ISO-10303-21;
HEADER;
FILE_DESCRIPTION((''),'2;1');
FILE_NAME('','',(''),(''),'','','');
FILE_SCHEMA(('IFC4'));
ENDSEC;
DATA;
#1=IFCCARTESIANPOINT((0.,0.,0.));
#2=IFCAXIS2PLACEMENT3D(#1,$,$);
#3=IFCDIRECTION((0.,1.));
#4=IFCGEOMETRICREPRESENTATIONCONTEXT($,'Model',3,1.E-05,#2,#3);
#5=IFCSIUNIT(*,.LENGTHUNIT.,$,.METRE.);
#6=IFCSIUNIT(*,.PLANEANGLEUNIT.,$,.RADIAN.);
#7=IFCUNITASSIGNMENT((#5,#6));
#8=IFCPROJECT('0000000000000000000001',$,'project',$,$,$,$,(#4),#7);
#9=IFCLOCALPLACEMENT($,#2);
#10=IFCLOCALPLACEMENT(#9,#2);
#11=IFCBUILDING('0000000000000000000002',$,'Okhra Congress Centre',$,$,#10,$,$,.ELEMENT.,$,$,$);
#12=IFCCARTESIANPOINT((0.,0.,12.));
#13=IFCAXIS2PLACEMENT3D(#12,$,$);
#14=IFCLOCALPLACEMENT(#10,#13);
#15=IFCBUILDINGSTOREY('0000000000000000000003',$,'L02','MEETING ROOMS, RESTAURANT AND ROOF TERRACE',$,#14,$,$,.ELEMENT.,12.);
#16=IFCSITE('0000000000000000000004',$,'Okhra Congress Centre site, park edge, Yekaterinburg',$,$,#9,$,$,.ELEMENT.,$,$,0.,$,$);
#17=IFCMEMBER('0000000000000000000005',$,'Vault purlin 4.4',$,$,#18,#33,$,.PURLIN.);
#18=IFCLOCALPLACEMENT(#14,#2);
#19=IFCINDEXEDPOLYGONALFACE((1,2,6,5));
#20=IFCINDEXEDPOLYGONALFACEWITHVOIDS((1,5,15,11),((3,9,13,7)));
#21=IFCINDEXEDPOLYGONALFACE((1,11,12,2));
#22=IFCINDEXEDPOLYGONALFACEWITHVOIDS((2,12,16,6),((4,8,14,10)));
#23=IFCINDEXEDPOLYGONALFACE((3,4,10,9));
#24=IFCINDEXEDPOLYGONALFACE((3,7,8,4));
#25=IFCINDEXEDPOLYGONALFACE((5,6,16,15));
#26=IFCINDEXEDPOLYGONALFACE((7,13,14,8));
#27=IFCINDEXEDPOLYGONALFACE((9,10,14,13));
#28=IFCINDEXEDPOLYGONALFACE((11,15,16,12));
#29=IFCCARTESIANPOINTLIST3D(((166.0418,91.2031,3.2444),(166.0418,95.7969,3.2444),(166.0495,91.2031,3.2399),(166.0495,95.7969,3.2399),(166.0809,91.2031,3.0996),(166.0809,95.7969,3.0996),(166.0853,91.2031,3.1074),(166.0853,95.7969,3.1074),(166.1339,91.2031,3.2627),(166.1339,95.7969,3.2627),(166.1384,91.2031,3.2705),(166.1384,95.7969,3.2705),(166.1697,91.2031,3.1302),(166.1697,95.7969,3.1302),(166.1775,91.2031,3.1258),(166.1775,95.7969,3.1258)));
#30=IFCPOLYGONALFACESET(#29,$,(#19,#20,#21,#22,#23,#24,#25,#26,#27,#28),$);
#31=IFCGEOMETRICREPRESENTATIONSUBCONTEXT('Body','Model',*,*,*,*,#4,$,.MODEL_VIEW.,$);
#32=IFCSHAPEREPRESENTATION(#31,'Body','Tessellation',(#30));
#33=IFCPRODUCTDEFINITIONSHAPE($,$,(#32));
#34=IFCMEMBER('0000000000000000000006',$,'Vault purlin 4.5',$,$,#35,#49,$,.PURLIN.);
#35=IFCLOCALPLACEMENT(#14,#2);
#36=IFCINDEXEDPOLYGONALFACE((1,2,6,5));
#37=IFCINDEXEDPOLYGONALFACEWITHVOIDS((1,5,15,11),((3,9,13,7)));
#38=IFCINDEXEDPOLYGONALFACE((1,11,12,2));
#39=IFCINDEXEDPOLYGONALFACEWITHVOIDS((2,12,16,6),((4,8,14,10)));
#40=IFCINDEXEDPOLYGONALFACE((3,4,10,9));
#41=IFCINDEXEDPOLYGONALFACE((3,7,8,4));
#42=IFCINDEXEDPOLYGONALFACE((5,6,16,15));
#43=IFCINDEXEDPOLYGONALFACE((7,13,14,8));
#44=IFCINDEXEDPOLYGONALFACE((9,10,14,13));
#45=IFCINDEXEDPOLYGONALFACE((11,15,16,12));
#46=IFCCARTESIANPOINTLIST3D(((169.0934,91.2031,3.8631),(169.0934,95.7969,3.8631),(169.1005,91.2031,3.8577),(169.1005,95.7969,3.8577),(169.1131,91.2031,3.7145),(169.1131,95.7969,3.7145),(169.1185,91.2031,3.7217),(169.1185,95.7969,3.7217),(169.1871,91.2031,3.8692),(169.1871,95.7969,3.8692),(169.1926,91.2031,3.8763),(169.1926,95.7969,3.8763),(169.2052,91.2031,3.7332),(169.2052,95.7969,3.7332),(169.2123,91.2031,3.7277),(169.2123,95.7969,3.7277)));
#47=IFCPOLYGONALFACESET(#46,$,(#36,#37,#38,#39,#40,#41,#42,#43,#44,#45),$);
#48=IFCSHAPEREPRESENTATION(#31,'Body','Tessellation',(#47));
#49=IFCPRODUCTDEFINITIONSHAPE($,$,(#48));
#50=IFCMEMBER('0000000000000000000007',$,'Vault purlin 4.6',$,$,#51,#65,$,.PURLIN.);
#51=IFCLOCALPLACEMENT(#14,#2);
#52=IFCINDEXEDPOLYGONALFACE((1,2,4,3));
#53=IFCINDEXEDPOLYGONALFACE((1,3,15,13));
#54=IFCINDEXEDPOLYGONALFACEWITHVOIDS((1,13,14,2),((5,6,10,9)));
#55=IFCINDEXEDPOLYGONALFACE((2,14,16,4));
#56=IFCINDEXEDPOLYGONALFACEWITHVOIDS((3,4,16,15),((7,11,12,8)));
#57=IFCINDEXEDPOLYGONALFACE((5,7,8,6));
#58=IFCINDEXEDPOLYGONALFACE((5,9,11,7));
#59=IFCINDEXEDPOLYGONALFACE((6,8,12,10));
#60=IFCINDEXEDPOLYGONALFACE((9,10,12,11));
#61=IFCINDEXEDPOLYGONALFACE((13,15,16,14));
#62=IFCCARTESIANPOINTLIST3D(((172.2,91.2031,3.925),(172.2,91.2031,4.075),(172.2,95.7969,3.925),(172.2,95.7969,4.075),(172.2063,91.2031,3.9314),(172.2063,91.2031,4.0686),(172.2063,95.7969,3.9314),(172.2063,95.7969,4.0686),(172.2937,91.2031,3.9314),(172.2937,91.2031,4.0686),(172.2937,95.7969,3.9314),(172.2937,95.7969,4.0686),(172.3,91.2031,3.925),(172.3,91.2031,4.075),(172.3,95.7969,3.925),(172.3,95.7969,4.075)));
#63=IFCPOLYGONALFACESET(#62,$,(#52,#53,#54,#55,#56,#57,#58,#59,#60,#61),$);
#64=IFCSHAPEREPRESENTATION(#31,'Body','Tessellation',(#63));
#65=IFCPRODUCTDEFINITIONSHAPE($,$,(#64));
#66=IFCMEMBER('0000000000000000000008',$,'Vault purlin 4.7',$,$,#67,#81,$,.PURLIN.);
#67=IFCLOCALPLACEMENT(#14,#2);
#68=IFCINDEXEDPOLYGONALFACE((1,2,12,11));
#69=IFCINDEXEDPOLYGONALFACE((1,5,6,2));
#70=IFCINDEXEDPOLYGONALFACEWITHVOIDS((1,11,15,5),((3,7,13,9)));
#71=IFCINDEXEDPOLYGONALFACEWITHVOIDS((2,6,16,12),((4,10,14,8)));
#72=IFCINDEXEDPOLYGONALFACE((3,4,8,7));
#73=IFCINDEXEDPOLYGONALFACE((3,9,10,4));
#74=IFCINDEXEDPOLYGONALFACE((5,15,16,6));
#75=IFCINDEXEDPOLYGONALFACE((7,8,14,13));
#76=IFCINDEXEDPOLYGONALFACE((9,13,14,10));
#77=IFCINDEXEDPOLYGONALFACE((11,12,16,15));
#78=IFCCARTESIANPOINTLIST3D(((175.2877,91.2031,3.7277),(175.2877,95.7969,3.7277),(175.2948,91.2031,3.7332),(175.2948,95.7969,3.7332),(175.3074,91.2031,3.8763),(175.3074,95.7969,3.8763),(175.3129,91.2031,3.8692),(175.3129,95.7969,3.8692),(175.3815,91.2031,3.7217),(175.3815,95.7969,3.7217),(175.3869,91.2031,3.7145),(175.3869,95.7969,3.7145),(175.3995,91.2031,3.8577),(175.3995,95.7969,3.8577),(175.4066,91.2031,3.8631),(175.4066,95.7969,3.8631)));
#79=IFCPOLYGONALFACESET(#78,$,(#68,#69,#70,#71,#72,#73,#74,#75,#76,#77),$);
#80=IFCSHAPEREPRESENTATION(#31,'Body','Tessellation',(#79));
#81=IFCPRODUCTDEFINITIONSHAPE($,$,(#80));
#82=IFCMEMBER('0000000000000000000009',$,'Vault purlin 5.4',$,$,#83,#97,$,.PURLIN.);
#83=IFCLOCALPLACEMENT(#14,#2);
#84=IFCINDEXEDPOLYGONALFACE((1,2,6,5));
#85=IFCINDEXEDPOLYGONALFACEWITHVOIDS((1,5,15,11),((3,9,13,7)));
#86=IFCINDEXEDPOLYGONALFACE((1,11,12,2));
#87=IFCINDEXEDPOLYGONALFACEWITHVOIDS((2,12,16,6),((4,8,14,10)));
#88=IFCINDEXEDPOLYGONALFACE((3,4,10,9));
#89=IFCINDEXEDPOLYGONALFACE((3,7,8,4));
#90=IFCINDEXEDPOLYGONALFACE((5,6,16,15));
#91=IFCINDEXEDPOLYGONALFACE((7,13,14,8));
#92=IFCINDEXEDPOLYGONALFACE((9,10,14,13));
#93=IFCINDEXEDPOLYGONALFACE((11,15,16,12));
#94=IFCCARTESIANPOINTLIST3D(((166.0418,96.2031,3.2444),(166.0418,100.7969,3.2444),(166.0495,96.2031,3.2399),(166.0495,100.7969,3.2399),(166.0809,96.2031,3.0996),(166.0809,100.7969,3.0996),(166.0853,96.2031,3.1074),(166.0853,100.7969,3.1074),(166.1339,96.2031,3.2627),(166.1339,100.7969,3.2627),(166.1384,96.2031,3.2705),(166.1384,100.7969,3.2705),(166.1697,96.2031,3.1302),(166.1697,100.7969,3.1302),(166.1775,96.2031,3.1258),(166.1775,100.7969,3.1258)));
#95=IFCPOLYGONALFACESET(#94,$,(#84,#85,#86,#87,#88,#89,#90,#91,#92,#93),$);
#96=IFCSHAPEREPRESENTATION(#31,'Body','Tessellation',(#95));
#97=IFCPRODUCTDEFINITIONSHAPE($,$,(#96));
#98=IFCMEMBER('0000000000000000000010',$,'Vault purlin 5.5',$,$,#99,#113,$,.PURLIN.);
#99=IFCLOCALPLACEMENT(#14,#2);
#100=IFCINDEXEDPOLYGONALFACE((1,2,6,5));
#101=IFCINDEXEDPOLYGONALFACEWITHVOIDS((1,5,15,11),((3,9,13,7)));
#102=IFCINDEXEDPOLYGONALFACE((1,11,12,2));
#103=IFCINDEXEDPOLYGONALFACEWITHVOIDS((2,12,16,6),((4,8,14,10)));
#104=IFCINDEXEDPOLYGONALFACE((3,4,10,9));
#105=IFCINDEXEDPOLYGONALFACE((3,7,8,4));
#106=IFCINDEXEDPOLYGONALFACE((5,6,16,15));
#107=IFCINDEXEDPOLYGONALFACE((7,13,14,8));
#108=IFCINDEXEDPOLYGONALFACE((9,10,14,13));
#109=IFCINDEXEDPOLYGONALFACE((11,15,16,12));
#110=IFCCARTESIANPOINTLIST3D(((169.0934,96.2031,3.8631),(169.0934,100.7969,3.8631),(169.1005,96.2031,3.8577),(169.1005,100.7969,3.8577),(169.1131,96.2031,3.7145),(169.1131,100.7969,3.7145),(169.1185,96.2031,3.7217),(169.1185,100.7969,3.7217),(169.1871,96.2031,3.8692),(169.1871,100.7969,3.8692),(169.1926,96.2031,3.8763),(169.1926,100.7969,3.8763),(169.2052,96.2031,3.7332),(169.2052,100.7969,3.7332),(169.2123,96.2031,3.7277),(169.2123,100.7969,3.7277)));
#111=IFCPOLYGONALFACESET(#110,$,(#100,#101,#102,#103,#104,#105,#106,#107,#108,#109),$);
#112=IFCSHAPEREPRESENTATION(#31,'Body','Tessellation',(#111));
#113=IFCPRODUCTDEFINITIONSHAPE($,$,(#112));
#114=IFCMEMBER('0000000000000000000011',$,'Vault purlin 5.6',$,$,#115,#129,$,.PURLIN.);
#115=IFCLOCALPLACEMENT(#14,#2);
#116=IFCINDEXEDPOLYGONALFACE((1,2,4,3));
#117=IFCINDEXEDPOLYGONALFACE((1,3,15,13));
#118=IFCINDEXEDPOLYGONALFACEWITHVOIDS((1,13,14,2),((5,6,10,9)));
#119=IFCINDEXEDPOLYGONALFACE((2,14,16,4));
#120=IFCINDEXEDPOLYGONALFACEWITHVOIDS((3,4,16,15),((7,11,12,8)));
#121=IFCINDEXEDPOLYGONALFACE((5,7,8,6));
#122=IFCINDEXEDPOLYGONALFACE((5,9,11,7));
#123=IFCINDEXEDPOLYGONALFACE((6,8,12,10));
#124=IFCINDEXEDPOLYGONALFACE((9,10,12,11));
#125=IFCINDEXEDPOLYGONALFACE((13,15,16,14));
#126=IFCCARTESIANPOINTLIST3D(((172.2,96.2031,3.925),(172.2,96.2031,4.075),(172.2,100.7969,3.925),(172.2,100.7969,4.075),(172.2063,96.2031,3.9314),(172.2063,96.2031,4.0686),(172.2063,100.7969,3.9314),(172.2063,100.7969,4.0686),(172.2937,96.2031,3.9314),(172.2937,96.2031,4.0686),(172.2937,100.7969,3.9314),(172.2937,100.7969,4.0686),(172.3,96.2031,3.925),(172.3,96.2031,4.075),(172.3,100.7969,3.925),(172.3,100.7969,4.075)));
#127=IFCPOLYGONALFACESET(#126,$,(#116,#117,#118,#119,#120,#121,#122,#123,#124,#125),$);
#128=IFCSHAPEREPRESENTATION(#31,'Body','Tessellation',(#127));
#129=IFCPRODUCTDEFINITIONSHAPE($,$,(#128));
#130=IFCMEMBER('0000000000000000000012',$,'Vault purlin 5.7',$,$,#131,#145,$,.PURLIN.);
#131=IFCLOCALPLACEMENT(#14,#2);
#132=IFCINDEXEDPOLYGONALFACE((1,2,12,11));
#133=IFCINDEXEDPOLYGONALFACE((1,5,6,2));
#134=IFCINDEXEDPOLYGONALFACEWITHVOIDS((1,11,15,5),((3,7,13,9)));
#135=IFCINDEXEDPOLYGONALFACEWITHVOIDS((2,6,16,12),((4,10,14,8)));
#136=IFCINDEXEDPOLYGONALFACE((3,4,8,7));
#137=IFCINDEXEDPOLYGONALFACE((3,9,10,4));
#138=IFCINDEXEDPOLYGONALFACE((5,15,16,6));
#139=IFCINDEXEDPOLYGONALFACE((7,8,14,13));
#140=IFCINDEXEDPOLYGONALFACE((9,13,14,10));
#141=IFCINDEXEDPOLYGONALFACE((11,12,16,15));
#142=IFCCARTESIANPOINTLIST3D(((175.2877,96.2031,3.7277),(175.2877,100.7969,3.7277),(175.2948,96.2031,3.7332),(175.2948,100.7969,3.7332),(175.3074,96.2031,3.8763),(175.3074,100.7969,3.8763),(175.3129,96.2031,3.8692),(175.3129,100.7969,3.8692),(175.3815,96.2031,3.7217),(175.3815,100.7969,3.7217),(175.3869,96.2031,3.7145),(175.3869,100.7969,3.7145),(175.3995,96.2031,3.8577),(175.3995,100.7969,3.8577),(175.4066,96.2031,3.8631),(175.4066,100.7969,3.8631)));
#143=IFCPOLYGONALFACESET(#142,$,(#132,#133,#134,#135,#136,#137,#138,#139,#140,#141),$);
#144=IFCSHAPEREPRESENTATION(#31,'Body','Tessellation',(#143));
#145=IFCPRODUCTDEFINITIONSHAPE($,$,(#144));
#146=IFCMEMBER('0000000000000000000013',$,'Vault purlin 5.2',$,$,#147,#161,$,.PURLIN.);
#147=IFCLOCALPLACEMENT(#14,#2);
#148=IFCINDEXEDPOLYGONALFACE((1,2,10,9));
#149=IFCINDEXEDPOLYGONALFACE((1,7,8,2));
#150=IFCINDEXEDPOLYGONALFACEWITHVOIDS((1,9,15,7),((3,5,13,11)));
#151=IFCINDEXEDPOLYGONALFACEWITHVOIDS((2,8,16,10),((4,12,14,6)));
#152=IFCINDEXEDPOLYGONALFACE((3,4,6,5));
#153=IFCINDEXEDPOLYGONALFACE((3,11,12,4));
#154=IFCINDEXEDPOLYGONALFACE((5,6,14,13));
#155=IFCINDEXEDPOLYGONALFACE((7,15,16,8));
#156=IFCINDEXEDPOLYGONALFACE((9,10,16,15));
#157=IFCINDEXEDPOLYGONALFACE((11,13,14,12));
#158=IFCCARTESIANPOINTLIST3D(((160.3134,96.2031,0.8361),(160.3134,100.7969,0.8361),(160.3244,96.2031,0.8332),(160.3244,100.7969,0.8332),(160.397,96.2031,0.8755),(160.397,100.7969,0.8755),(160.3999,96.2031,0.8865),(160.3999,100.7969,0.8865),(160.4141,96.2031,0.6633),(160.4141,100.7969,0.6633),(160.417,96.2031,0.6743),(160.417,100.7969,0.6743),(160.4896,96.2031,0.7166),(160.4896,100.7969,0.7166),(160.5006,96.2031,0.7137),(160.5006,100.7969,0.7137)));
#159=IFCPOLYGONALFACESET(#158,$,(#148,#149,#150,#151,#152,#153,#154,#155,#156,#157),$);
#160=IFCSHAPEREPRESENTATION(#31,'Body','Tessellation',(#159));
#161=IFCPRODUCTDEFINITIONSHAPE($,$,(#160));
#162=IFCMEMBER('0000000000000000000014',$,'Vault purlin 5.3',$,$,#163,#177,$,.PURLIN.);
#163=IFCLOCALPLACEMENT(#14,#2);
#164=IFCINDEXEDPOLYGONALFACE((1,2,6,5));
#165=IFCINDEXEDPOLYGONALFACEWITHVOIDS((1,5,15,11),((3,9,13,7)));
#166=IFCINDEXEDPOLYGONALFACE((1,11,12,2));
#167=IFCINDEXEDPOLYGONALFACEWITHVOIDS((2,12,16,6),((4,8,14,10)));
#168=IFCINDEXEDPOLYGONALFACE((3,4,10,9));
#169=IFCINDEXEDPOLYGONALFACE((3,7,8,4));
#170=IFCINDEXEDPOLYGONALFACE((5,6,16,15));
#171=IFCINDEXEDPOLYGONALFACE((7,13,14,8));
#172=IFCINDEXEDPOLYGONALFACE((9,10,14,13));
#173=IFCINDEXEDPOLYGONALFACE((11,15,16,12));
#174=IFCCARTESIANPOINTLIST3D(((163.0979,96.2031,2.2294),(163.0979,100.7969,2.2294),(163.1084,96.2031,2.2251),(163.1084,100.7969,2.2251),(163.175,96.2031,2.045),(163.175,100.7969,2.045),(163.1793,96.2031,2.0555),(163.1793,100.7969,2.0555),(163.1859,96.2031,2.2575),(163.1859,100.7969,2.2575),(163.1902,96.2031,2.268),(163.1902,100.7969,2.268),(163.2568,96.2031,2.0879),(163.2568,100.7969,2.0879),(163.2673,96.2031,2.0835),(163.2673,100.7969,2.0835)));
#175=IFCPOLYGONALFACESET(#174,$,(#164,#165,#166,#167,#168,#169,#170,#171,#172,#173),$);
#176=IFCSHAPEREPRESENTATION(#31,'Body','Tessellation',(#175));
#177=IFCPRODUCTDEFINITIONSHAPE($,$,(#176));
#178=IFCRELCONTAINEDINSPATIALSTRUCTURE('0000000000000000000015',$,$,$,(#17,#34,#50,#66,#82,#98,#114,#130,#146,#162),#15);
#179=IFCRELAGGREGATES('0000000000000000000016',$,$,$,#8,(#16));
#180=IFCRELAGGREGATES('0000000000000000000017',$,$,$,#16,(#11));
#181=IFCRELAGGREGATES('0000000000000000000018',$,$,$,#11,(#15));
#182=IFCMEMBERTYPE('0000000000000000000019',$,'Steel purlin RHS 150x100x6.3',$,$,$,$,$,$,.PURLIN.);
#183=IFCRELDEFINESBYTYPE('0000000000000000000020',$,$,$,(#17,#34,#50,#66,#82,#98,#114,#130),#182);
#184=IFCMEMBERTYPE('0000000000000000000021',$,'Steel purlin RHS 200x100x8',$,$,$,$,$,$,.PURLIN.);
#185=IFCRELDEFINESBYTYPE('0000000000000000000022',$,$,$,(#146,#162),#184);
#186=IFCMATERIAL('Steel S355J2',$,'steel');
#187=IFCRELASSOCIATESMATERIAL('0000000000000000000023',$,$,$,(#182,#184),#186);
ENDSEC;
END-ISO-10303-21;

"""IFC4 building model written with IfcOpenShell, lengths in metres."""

from ifc_helpers import new_model, si_unit, direction, frame, origin, origin_2d, place, context, subcontext, project, spatial, hollow_rectangle, extrude, material, material_profile, profile_set, type_object, element, save


model = new_model("IFC4")

# Units and contexts
model_context = context("Model", 3, precision=1e-05, world=origin(), true_north=direction((0.0, 1.0)))
body_context = subcontext(model_context, "Body", "Model", "MODEL_VIEW")
ifc_project = project(units=[si_unit("LENGTHUNIT", "METRE"), si_unit("PLANEANGLEUNIT", "RADIAN")], contexts=[model_context])

# Site, building, storey
site_placement = place(None, origin())
site = spatial("IfcSite", under=ifc_project, at=site_placement, Name="Okhra Congress Centre site, park edge, Yekaterinburg", CompositionType="ELEMENT", RefElevation=0.0)
building_placement = place(site_placement, origin())
building = spatial("IfcBuilding", under=site, at=building_placement, Name="Okhra Congress Centre", CompositionType="ELEMENT")
storey_placement = place(building_placement, frame((0.0, 0.0, 12.0)))
storey = spatial("IfcBuildingStorey", under=building, at=storey_placement, Name="L02", Description="MEETING ROOMS, RESTAURANT AND ROOF TERRACE", CompositionType="ELEMENT", Elevation=12.0)

# Members
ifc_material_1 = material(Name="Steel S355J2", Category="steel")
ifc_material_profile_1 = material_profile(ifc_material_1, hollow_rectangle(XDim=0.1001, YDim=0.1499, WallThickness=0.0063, at=origin_2d()), Name="RHS 150x100x6.3")
ifc_profile_set_1 = profile_set([ifc_material_profile_1], Name="Steel S355J2")
member_type_1 = type_object("IfcMemberType", Name="Steel purlin RHS 150x100x6.3", PredefinedType="PURLIN", material=ifc_profile_set_1)
for number, where, z_axis, x_axis, name in (
    (1, (166.1096, 91.2031, 3.1851), (0.0, 1.0, 0.0), (-0.96538, 0.0, -0.260848), "Vault purlin 4.4"),
    (2, (169.1528, 91.2031, 3.7954), (0.0, 1.0, 0.0), (-0.991307, 0.0, -0.131568), "Vault purlin 4.5"),
    (3, (172.25, 91.2031, 4.0), (0.0, 1.0, 0.0), (-1.0, 0.0, 0.0), "Vault purlin 4.6"),
    (4, (175.3472, 91.2031, 3.7954), (0.0, 1.0, 0.0), (-0.991307, 0.0, 0.131568), "Vault purlin 4.7"),
    (5, (166.1096, 96.2031, 3.1851), (0.0, 1.0, 0.0), (-0.96538, 0.0, -0.260848), "Vault purlin 5.4"),
    (6, (169.1528, 96.2031, 3.7954), (0.0, 1.0, 0.0), (-0.991307, 0.0, -0.131568), "Vault purlin 5.5"),
    (7, (172.25, 96.2031, 4.0), (0.0, 1.0, 0.0), (-1.0, 0.0, 0.0), "Vault purlin 5.6"),
    (8, (175.3472, 96.2031, 3.7954), (0.0, 1.0, 0.0), (-0.991307, 0.0, 0.131568), "Vault purlin 5.7"),
):
    element("IfcMember", number, at=place(storey_placement, frame(where, z_axis=z_axis, x_axis=x_axis)), inside=storey, type_object=member_type_1, Name=name, PredefinedType="PURLIN", context=body_context, shape_type="SweptSolid", body=[
        extrude(hollow_rectangle(XDim=0.1001, YDim=0.1499, WallThickness=0.0063, at=origin_2d()), origin(), (0.0, 0.0, 1.0), 4.5938),
    ])
ifc_material_profile_2 = material_profile(ifc_material_1, hollow_rectangle(XDim=0.1001, YDim=0.2, WallThickness=0.0081, at=origin_2d()), Name="RHS 200x100x8")
ifc_profile_set_2 = profile_set([ifc_material_profile_2], Name="Steel S355J2")
member_type_2 = type_object("IfcMemberType", Name="Steel purlin RHS 200x100x8", PredefinedType="PURLIN", material=ifc_profile_set_2)
for number, where, z_axis, x_axis, name in (
    (9, (160.407, 96.2031, 0.7749), (0.0, 1.0, 0.0), (-0.863917, 0.0, -0.503634), "Vault purlin 5.2"),
    (10, (163.1826, 96.2031, 2.1565), (0.0, 1.0, 0.0), (-0.922669, 0.0, -0.385593), "Vault purlin 5.3"),
):
    element("IfcMember", number, at=place(storey_placement, frame(where, z_axis=z_axis, x_axis=x_axis)), inside=storey, type_object=member_type_2, Name=name, PredefinedType="PURLIN", context=body_context, shape_type="SweptSolid", body=[
        extrude(hollow_rectangle(XDim=0.1001, YDim=0.2, WallThickness=0.0081, at=origin_2d()), origin(), (0.0, 0.0, 1.0), 4.5938),
    ])

save(model, "model.ifc")
